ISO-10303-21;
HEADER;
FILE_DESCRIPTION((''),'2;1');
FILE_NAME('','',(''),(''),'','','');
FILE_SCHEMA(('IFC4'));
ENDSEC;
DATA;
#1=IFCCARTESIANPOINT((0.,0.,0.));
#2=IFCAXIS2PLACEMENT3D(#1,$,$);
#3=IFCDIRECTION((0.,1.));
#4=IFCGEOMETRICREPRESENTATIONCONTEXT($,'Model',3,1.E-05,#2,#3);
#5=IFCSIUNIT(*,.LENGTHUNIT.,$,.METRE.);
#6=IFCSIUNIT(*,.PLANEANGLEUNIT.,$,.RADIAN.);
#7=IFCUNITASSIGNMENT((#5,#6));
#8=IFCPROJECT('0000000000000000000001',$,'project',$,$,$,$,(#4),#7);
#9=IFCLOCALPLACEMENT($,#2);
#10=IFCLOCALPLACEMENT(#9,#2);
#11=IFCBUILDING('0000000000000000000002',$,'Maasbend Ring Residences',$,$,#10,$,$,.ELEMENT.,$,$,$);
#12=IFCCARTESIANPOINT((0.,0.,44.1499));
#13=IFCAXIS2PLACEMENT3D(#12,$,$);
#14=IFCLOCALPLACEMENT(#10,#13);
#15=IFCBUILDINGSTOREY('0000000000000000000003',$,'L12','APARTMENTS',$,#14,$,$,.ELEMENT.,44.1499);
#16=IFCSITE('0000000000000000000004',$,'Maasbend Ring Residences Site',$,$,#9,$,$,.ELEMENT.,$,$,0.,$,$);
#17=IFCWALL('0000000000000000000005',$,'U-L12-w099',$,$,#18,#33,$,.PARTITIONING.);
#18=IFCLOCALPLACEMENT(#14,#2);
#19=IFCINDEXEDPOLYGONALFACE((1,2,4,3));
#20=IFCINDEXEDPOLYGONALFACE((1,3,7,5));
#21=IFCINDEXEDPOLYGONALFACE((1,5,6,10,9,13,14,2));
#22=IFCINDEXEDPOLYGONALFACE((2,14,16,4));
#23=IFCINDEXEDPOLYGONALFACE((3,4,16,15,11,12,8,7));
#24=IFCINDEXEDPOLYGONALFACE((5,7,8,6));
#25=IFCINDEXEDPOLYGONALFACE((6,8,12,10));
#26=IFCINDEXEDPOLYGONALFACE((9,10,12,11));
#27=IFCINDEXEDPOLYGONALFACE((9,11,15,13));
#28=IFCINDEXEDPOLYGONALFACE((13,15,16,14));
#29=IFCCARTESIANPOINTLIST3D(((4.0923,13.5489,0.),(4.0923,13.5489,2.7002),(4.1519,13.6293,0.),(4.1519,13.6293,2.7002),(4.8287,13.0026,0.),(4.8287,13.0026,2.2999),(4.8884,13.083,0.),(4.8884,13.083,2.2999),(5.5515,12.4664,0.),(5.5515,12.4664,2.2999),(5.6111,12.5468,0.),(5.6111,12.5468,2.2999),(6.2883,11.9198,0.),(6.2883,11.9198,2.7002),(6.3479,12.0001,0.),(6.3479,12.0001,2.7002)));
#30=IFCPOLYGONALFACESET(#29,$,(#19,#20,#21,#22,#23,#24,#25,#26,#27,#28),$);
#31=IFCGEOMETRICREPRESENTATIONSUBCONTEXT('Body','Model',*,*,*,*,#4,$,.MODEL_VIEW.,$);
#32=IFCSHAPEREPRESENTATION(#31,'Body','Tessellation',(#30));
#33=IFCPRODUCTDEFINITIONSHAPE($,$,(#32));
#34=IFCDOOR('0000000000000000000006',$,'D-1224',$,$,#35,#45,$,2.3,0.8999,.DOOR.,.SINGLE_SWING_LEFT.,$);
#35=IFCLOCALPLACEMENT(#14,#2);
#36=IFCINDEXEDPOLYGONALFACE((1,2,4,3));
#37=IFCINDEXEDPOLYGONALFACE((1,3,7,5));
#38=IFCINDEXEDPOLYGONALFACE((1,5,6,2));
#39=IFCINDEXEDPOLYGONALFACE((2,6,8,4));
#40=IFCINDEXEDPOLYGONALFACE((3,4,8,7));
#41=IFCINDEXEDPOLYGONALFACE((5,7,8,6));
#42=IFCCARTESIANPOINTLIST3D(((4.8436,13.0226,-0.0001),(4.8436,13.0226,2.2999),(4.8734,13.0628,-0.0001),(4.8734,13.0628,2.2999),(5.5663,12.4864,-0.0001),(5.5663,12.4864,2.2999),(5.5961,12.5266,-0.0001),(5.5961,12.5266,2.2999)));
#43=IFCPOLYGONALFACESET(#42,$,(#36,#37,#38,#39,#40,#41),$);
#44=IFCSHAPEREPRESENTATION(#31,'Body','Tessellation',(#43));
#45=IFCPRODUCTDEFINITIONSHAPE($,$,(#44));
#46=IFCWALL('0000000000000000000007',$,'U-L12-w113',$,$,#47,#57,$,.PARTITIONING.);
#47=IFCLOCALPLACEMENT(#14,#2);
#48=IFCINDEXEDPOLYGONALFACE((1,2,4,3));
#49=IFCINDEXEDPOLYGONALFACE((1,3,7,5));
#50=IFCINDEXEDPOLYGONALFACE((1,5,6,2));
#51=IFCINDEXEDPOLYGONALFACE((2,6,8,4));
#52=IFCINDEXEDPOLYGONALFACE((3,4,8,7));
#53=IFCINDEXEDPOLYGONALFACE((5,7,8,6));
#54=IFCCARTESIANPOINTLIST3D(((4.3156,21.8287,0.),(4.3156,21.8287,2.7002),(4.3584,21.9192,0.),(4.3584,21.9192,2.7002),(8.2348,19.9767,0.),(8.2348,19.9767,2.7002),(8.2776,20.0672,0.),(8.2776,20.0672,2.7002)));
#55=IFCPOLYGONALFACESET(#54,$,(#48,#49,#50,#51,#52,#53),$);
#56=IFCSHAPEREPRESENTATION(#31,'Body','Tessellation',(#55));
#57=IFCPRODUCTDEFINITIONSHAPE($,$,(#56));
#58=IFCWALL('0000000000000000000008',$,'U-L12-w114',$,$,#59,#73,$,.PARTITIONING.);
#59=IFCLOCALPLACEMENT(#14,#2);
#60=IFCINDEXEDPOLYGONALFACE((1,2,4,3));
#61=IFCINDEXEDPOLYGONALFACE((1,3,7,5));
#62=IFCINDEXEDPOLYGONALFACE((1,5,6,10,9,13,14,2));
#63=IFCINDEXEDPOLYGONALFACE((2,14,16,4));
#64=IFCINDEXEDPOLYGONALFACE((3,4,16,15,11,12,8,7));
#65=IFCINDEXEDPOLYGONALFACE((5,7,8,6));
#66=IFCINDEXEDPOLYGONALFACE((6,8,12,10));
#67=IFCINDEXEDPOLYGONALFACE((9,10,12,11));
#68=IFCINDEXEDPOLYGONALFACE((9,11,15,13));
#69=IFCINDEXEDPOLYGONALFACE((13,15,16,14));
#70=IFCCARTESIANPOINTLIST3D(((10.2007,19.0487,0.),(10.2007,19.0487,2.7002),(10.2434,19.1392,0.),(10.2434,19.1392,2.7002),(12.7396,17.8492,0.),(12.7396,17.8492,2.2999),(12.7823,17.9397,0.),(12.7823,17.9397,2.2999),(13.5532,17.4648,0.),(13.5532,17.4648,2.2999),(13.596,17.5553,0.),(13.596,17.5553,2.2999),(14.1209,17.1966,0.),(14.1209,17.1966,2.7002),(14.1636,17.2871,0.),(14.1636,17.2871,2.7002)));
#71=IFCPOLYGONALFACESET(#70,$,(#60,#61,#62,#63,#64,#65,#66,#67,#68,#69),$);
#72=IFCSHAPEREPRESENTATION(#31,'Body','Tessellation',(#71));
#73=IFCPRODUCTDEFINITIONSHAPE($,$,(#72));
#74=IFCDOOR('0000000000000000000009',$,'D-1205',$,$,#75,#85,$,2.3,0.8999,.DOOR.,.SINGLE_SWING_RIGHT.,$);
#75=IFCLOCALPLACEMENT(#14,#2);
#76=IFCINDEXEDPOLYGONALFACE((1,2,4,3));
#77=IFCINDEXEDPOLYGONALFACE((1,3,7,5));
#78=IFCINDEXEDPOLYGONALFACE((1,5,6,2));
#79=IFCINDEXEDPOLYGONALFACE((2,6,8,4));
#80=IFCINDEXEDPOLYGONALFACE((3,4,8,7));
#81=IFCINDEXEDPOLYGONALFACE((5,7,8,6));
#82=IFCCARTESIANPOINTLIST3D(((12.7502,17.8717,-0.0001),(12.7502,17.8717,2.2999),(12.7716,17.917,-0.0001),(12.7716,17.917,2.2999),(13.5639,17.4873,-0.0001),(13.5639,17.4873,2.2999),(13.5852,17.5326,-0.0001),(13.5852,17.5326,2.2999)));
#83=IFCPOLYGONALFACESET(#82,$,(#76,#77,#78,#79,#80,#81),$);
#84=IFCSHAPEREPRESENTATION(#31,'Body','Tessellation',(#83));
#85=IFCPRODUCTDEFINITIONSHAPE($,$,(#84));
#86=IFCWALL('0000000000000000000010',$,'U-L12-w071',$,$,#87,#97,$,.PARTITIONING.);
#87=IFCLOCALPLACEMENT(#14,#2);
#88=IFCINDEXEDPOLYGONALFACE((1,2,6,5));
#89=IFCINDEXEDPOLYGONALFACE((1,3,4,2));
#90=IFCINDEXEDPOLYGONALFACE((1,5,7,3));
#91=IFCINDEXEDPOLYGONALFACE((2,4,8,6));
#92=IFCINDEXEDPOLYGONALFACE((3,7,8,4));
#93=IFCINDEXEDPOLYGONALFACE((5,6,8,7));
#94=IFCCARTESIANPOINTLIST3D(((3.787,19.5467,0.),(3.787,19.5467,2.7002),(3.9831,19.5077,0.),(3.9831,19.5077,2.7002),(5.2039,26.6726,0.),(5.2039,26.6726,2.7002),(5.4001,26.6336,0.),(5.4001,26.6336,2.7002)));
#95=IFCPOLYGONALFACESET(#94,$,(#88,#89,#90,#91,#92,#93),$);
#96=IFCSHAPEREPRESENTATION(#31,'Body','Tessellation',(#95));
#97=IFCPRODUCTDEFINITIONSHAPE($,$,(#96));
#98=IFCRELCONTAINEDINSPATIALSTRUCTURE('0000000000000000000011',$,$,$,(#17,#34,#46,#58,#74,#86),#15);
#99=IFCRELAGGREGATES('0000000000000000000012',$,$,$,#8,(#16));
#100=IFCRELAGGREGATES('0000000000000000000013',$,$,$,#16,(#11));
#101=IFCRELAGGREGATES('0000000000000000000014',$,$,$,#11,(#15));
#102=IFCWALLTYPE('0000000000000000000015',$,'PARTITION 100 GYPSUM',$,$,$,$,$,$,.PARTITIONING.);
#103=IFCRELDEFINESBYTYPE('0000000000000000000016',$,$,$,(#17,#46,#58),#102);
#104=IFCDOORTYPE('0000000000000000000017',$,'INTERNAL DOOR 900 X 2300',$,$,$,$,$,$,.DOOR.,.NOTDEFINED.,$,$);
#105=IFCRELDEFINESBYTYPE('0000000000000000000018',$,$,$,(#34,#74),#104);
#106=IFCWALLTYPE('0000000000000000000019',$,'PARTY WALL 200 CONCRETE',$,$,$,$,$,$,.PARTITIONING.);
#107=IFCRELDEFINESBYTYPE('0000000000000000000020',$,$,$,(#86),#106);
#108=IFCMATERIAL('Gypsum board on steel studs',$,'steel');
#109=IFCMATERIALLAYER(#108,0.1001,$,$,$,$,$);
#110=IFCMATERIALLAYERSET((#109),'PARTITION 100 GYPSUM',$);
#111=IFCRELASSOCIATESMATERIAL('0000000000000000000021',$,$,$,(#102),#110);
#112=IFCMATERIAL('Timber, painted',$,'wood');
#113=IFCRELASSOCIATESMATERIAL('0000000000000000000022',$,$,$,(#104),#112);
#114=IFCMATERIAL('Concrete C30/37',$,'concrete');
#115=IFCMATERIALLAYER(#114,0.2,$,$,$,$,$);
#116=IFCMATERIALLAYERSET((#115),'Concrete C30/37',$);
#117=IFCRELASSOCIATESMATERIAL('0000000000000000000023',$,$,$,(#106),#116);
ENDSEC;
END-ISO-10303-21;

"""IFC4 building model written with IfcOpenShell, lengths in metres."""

from ifc_helpers import new_model, si_unit, direction, frame, frame_2d, origin, place, context, subcontext, project, spatial, rectangle, extrude, material, layer, layer_set, type_object, element, fill, save


model = new_model("IFC4")

# Units and contexts
model_context = context("Model", 3, precision=1e-05, world=origin(), true_north=direction((0.0, 1.0)))
body_context = subcontext(model_context, "Body", "Model", "MODEL_VIEW")
ifc_project = project(units=[si_unit("LENGTHUNIT", "METRE"), si_unit("PLANEANGLEUNIT", "RADIAN")], contexts=[model_context])

# Site, building, storey
site_placement = place(None, origin())
site = spatial("IfcSite", under=ifc_project, at=site_placement, Name="Maasbend Ring Residences Site", CompositionType="ELEMENT", RefElevation=0.0)
building_placement = place(site_placement, origin())
building = spatial("IfcBuilding", under=site, at=building_placement, Name="Maasbend Ring Residences", CompositionType="ELEMENT")
storey_placement = place(building_placement, frame((0.0, 0.0, 44.1499)))
storey = spatial("IfcBuildingStorey", under=building, at=storey_placement, Name="L12", Description="APARTMENTS", CompositionType="ELEMENT", Elevation=44.1499)

# Shared definitions
ifc_material_1 = material(Name="Gypsum board on steel studs", Category="steel")
ifc_layer_1 = layer(ifc_material_1, 0.1001)
ifc_layer_set_1 = layer_set([ifc_layer_1], Name="PARTITION 100 GYPSUM")
wall_type_1 = type_object("IfcWallType", Name="PARTITION 100 GYPSUM", PredefinedType="PARTITIONING", material=ifc_layer_set_1)
ifc_material_2 = material(Name="Timber, painted", Category="wood")
door_type_1 = type_object("IfcDoorType", Name="INTERNAL DOOR 900 X 2300", OperationType="NOTDEFINED", PredefinedType="DOOR", material=ifc_material_2)

# Wall, opening, door
wall_1_placement = place(storey_placement, frame((4.1221, 13.5891, 0.0), z_axis=(0.0, 0.0, 1.0), x_axis=(0.803128, -0.595806, 0.0)))
wall_1 = element("IfcWall", 1, at=wall_1_placement, inside=storey, type_object=wall_type_1, Name="U-L12-w099", PredefinedType="PARTITIONING", context=body_context, shape_type="SweptSolid", body=[
    extrude(rectangle(XDim=2.7344, YDim=0.1001, at=frame_2d((1.3672, 0.0))), origin(), (0.0, 0.0, 1.0), 2.7002),
])
opening_1_placement = place(wall_1_placement, frame((0.917, 0.0, 0.0)))
opening_1 = element("IfcOpeningElement", 2, at=opening_1_placement, cuts=wall_1, PredefinedType="OPENING", context=body_context, shape_type="SweptSolid", body=[
    extrude(rectangle(XDim=0.8999, YDim=2.3, at=frame_2d((0.45, 1.1499))), frame((0.0, 0.0601, 0.0), z_axis=(0.0, -1.0, 0.0), x_axis=(1.0, 0.0, 0.0)), (0.0, 0.0, 1.0), 0.1201),
])
door_1_placement = place(opening_1_placement, origin())
door_1 = element("IfcDoor", 3, at=door_1_placement, inside=storey, type_object=door_type_1, Name="D-1224", OperationType="SINGLE_SWING_LEFT", OverallHeight=2.3, OverallWidth=0.8999, PredefinedType="DOOR", context=body_context, shape_type="SweptSolid", body=[
    extrude(rectangle(XDim=0.8999, YDim=2.3, at=frame_2d((0.45, 1.1499))), frame((0.0, 0.0249, 0.0), z_axis=(0.0, -1.0, 0.0), x_axis=(1.0, 0.0, 0.0)), (0.0, 0.0, 1.0), 0.05),
])
fill(opening_1, door_1)

# Wall
wall_2_placement = place(storey_placement, frame((4.3369, 21.874, 0.0), z_axis=(0.0, 0.0, 1.0), x_axis=(0.904131, -0.427256, 0.0)))
element("IfcWall", 4, at=wall_2_placement, inside=storey, type_object=wall_type_1, Name="U-L12-w113", PredefinedType="PARTITIONING", context=body_context, shape_type="SweptSolid", body=[
    extrude(rectangle(XDim=4.3347, YDim=0.1001, at=frame_2d((2.1675, 0.0))), origin(), (0.0, 0.0, 1.0), 2.7002),
])

# Wall, opening, door
wall_3_placement = place(storey_placement, frame((10.2219, 19.094, 0.0), z_axis=(0.0, 0.0, 1.0), x_axis=(0.904172, -0.427169, 0.0)))
wall_3 = element("IfcWall", 5, at=wall_3_placement, inside=storey, type_object=wall_type_1, Name="U-L12-w114", PredefinedType="PARTITIONING", context=body_context, shape_type="SweptSolid", body=[
    extrude(rectangle(XDim=4.3357, YDim=0.1001, at=frame_2d((2.168, 0.0))), origin(), (0.0, 0.0, 1.0), 2.7002),
])
opening_2_placement = place(wall_3_placement, frame((2.8081, 0.0, 0.0)))
opening_2 = element("IfcOpeningElement", 6, at=opening_2_placement, cuts=wall_3, PredefinedType="OPENING", context=body_context, shape_type="SweptSolid", body=[
    extrude(rectangle(XDim=0.8999, YDim=2.3, at=frame_2d((0.45, 1.1499))), frame((0.0, 0.0601, 0.0), z_axis=(0.0, -1.0, 0.0), x_axis=(1.0, 0.0, 0.0)), (0.0, 0.0, 1.0), 0.1201),
])
door_2_placement = place(opening_2_placement, origin())
door_2 = element("IfcDoor", 7, at=door_2_placement, inside=storey, type_object=door_type_1, Name="D-1205", OperationType="SINGLE_SWING_RIGHT", OverallHeight=2.3, OverallWidth=0.8999, PredefinedType="DOOR", context=body_context, shape_type="SweptSolid", body=[
    extrude(rectangle(XDim=0.8999, YDim=2.3, at=frame_2d((0.45, 1.1499))), frame((0.0, 0.0249, 0.0), z_axis=(0.0, -1.0, 0.0), x_axis=(1.0, 0.0, 0.0)), (0.0, 0.0, 1.0), 0.05),
])
fill(opening_2, door_2)

# Wall
ifc_material_3 = material(Name="Concrete C30/37", Category="concrete")
ifc_layer_2 = layer(ifc_material_3, 0.2)
ifc_layer_set_2 = layer_set([ifc_layer_2], Name="Concrete C30/37")
wall_type_2 = type_object("IfcWallType", Name="PARTY WALL 200 CONCRETE", PredefinedType="PARTITIONING", material=ifc_layer_set_2)
wall_4_placement = place(storey_placement, frame((3.885, 19.5271, 0.0), z_axis=(0.0, 0.0, 1.0), x_axis=(0.19503, 0.980797, 0.0)))
element("IfcWall", 8, at=wall_4_placement, inside=storey, type_object=wall_type_2, Name="U-L12-w071", PredefinedType="PARTITIONING", context=body_context, shape_type="SweptSolid", body=[
    extrude(rectangle(XDim=7.2654, YDim=0.2, at=frame_2d((3.6328, 0.0))), origin(), (0.0, 0.0, 1.0), 2.7002),
])

save(model, "model.ifc")
